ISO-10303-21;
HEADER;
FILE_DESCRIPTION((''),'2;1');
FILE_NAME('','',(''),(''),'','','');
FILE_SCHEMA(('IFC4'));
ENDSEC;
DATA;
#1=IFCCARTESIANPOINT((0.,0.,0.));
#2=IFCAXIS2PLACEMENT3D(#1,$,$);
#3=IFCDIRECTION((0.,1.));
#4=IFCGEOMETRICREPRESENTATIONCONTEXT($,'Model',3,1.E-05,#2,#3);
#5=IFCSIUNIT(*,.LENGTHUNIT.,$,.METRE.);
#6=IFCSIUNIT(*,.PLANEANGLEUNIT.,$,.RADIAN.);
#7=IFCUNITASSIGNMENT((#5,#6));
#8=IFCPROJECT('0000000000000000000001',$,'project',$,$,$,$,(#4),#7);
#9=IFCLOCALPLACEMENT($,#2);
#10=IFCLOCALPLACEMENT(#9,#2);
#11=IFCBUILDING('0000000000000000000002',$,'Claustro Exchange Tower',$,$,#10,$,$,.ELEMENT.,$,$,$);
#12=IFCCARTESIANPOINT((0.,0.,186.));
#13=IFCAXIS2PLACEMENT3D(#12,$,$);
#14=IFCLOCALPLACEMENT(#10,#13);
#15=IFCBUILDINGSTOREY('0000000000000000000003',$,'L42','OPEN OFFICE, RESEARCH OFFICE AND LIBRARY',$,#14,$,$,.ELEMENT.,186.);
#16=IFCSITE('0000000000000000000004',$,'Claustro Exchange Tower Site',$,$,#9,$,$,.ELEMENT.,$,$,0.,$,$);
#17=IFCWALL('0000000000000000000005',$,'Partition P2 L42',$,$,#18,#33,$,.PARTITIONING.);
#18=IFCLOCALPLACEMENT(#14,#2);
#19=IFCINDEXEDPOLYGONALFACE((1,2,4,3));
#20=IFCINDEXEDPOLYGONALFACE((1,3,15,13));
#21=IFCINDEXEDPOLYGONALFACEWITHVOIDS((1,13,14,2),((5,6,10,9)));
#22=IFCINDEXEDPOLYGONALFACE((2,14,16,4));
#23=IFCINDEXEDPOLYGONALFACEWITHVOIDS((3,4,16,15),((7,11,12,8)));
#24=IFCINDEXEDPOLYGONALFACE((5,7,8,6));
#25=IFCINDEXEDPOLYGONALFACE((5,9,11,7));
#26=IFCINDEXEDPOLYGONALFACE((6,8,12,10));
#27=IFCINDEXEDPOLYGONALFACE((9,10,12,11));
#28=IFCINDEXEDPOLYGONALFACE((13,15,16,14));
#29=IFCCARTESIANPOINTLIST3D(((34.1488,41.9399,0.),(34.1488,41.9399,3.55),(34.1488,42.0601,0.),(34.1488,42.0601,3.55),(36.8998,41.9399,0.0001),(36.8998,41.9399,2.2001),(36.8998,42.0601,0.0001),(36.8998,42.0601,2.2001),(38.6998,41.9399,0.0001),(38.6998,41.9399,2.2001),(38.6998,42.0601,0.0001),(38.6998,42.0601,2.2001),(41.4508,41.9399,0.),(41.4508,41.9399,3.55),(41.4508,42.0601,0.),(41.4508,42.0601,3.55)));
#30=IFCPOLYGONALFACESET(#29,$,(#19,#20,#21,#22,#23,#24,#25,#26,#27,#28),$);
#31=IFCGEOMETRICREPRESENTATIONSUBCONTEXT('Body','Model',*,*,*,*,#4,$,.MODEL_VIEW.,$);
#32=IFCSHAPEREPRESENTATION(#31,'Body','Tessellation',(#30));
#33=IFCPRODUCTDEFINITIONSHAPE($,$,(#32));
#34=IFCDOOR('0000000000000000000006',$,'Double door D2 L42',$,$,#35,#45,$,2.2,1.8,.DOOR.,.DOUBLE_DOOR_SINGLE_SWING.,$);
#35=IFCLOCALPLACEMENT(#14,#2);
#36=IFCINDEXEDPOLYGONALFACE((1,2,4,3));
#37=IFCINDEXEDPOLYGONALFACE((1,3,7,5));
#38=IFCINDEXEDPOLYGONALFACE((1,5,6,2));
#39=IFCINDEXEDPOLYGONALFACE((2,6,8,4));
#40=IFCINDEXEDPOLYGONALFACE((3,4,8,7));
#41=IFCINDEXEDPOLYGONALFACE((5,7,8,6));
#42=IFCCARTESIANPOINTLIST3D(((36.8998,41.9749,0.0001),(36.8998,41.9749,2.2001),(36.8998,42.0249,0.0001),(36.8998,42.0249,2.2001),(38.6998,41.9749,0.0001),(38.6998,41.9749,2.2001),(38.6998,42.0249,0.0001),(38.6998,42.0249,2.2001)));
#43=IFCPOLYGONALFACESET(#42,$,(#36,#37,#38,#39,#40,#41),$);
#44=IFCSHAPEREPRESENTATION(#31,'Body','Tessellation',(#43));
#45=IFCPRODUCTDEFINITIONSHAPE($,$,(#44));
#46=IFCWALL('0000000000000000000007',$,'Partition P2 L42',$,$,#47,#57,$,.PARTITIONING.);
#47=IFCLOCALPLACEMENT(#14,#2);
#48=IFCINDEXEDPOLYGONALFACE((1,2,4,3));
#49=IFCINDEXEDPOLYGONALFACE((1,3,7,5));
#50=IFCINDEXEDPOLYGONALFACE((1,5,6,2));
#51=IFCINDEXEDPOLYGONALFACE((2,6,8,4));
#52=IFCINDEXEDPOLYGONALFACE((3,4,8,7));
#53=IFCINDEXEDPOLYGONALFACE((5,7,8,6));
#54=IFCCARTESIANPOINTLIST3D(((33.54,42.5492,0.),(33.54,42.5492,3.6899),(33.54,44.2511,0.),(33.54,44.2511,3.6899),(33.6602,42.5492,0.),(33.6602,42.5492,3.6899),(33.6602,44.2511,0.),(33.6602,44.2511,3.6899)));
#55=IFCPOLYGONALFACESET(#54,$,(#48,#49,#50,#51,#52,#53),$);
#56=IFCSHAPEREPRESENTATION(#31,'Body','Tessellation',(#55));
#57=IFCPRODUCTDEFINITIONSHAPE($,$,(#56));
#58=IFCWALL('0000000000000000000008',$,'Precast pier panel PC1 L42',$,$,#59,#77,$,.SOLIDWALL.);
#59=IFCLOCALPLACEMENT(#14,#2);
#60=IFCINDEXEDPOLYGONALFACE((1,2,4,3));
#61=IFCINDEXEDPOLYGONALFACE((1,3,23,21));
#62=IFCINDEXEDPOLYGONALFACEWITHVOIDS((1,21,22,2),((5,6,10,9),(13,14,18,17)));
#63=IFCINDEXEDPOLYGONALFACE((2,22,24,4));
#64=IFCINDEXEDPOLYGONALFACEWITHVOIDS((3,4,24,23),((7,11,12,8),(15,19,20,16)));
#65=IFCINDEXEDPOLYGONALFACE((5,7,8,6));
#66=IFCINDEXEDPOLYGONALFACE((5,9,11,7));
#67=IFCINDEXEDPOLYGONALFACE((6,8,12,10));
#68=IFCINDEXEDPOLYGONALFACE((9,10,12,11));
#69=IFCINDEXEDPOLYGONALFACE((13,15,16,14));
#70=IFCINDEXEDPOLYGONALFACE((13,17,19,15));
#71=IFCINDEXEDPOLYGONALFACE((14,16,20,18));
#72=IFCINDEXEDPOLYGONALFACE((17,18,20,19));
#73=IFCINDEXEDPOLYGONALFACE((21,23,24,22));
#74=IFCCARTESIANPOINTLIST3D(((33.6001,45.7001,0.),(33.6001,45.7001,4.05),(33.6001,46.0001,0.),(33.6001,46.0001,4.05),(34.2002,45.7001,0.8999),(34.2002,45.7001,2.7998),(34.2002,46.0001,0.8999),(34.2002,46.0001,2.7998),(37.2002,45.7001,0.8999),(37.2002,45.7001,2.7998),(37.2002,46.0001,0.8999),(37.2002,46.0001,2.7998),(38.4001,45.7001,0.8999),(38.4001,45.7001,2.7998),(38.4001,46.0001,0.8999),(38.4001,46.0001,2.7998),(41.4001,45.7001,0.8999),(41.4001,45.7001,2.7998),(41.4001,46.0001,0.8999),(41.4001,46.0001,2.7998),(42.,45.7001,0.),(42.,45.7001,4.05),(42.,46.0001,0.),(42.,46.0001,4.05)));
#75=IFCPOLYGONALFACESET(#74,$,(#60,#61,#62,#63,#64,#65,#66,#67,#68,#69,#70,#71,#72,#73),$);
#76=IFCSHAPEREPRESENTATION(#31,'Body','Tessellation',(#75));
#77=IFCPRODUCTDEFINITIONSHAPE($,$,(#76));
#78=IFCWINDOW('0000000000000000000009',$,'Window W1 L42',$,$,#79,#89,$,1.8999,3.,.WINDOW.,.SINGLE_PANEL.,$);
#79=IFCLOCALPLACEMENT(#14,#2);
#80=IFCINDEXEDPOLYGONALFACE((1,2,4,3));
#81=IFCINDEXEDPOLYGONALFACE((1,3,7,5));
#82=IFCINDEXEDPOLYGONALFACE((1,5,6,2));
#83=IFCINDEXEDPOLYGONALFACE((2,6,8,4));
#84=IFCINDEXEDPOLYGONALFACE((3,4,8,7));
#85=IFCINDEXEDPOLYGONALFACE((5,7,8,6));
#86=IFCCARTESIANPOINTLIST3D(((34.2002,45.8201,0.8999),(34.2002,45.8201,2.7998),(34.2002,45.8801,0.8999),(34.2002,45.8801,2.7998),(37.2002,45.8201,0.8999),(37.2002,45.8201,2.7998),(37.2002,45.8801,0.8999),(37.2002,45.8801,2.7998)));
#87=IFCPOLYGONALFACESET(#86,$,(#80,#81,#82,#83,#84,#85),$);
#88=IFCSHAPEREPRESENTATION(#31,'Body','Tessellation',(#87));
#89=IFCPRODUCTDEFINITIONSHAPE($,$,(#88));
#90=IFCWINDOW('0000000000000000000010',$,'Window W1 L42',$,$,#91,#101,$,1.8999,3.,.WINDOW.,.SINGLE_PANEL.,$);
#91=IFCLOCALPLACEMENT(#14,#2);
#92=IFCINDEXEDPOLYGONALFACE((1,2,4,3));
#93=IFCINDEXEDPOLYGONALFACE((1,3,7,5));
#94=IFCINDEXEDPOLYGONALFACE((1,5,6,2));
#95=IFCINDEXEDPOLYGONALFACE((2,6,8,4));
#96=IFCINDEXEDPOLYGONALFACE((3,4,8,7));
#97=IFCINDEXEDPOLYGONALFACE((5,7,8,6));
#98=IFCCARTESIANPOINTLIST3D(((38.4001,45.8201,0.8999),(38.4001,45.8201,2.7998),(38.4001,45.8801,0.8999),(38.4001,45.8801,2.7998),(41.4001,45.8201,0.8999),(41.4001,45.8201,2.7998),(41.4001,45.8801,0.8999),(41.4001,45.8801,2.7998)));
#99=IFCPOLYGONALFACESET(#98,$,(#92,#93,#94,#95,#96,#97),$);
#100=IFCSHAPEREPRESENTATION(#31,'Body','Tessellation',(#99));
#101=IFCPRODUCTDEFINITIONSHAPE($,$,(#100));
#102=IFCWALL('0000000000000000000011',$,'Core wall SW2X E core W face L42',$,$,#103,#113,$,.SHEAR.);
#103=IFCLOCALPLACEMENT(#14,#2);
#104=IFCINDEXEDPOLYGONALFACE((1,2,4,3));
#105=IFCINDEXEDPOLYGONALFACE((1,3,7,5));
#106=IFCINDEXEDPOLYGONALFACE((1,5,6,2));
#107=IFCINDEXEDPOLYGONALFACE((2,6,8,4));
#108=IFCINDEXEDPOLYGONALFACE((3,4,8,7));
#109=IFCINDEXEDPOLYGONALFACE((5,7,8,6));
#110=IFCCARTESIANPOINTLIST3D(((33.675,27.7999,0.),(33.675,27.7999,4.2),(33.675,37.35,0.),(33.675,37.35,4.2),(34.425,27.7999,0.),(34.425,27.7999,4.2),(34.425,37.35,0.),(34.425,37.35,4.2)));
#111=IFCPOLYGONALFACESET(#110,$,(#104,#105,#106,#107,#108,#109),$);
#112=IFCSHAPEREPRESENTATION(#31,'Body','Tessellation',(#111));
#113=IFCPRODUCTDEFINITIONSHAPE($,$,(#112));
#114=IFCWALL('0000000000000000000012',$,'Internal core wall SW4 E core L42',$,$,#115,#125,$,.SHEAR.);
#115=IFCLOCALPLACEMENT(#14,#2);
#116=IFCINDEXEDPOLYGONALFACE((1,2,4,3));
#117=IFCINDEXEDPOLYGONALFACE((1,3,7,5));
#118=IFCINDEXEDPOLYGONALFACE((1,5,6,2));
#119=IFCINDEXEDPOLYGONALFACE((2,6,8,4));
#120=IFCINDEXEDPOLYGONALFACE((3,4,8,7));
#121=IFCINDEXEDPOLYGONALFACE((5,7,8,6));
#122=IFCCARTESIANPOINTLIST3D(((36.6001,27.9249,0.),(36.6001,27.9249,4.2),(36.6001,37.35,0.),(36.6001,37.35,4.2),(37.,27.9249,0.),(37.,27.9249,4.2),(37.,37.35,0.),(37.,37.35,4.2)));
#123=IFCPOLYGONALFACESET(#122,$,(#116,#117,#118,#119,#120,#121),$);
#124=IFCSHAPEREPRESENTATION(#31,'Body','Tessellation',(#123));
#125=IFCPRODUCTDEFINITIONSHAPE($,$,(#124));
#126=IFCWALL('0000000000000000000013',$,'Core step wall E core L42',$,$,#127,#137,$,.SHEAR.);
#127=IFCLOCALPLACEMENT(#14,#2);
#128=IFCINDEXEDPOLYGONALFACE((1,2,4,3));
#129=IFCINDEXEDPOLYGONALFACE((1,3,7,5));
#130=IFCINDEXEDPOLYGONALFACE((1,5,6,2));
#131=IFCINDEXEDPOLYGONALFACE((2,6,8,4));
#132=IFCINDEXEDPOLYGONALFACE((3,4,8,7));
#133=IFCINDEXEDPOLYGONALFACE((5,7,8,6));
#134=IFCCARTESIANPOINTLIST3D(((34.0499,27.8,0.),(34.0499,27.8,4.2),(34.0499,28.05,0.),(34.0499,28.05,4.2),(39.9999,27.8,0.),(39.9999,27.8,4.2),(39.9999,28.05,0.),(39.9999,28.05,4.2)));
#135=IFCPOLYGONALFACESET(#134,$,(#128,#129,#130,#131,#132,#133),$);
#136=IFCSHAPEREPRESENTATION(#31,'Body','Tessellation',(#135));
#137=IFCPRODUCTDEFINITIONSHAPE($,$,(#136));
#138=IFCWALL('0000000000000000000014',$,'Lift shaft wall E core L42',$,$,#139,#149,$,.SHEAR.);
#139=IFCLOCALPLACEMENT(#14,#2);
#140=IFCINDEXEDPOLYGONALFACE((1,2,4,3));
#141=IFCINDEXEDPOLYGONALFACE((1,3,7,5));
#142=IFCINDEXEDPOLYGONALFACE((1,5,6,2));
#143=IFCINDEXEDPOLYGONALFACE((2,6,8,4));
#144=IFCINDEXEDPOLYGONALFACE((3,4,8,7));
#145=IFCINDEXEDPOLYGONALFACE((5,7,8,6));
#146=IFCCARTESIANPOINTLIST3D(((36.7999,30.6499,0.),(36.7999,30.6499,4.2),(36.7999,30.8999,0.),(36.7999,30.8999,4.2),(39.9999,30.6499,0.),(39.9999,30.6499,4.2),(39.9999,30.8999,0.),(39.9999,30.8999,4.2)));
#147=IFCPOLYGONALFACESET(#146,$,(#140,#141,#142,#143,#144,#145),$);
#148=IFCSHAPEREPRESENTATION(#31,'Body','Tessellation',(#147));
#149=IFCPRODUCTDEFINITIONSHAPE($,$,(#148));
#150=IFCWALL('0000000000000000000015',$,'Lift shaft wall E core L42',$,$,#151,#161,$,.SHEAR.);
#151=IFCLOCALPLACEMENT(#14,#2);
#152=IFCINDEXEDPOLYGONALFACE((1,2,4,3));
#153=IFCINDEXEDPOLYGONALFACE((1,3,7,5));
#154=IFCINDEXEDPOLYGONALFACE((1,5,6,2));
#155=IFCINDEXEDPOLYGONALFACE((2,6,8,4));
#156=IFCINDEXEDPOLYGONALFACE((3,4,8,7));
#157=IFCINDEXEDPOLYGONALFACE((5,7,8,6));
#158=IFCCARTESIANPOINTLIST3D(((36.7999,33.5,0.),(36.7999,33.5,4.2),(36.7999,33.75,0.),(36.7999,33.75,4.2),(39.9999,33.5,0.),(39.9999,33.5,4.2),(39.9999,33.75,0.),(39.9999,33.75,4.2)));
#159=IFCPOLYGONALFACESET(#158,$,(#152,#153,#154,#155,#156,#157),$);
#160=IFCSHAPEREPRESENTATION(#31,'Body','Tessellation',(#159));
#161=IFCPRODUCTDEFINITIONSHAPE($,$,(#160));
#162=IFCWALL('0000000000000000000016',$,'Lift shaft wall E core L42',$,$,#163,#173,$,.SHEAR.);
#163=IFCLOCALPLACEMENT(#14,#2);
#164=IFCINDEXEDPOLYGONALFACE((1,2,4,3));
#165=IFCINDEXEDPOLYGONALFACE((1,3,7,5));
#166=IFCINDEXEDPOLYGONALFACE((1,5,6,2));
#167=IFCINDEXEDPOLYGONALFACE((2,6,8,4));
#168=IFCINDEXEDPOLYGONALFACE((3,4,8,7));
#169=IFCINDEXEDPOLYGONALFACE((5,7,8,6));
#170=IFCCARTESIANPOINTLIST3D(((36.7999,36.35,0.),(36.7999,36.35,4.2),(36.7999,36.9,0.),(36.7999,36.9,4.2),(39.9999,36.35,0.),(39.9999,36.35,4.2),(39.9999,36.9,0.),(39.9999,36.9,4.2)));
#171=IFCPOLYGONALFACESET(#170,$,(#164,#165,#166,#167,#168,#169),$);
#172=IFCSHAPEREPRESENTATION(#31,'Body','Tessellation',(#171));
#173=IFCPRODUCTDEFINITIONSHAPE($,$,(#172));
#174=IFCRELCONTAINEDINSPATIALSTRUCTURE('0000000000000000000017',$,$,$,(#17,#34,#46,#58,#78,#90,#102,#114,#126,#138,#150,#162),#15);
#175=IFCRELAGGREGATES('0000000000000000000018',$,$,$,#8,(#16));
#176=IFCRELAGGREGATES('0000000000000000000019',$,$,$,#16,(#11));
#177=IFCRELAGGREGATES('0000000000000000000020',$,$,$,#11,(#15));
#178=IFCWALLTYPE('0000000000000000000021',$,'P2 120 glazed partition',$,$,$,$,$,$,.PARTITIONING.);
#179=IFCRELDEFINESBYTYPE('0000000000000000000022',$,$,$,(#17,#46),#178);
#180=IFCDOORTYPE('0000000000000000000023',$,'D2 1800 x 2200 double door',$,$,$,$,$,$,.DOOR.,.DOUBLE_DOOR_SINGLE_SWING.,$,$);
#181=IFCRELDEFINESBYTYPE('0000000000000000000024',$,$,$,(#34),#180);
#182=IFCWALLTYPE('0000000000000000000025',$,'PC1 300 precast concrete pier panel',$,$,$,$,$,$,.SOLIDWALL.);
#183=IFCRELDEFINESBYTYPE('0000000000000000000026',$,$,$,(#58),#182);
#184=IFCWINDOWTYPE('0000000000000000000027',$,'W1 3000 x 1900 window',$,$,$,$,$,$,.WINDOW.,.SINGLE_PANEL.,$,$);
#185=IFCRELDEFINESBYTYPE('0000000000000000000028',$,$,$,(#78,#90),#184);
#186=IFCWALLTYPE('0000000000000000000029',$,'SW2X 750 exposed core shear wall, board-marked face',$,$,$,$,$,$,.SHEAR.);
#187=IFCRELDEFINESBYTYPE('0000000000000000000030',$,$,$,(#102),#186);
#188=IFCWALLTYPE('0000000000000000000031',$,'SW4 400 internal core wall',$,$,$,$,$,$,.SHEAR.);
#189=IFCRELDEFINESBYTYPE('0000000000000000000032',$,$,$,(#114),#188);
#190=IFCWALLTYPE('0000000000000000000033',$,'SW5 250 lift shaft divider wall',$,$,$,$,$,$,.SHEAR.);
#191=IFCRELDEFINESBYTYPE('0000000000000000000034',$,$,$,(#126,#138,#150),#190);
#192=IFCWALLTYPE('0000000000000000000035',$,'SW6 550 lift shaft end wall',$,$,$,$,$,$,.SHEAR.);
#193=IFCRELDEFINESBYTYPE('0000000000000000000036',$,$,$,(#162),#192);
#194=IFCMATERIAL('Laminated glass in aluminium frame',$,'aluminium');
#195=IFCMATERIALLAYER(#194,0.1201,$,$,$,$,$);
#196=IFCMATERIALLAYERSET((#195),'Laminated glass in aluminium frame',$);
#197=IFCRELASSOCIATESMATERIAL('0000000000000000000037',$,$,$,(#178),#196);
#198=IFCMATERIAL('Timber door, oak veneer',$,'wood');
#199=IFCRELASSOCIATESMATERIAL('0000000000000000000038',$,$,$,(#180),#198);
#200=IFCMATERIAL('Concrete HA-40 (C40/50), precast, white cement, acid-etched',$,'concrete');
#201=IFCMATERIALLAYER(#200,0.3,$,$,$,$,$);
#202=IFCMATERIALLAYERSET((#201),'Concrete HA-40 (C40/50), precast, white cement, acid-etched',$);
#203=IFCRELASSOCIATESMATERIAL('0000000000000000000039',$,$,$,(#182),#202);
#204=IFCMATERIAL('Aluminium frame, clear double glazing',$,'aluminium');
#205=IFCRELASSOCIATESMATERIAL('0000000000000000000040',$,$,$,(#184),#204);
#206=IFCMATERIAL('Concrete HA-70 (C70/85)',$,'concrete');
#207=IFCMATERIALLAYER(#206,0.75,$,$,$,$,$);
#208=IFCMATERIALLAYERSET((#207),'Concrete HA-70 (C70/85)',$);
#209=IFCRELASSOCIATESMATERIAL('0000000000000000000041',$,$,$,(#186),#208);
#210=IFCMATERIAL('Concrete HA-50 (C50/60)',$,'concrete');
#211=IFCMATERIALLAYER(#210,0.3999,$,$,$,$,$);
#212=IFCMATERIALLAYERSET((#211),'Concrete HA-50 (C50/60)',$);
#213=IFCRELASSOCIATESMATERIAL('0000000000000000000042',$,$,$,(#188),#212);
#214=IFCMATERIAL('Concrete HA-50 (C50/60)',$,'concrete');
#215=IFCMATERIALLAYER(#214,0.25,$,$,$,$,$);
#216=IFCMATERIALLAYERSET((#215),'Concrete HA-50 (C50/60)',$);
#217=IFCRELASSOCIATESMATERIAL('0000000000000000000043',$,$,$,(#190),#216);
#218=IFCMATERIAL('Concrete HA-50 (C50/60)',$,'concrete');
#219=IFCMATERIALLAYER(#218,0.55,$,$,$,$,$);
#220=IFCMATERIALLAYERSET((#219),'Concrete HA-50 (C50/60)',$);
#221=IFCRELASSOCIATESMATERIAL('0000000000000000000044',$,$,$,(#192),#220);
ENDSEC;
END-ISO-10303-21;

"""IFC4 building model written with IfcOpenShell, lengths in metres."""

from ifc_helpers import new_model, si_unit, direction, frame, frame_2d, origin, place, context, subcontext, project, spatial, rectangle, extrude, material, layer, layer_set, type_object, element, fill, save


model = new_model("IFC4")

# Units and contexts
model_context = context("Model", 3, precision=1e-05, world=origin(), true_north=direction((0.0, 1.0)))
body_context = subcontext(model_context, "Body", "Model", "MODEL_VIEW")
ifc_project = project(units=[si_unit("LENGTHUNIT", "METRE"), si_unit("PLANEANGLEUNIT", "RADIAN")], contexts=[model_context])

# Site, building, storey
site_placement = place(None, origin())
site = spatial("IfcSite", under=ifc_project, at=site_placement, Name="Claustro Exchange Tower Site", CompositionType="ELEMENT", RefElevation=0.0)
building_placement = place(site_placement, origin())
building = spatial("IfcBuilding", under=site, at=building_placement, Name="Claustro Exchange Tower", CompositionType="ELEMENT")
storey_placement = place(building_placement, frame((0.0, 0.0, 186.0)))
storey = spatial("IfcBuildingStorey", under=building, at=storey_placement, Name="L42", Description="OPEN OFFICE, RESEARCH OFFICE AND LIBRARY", CompositionType="ELEMENT", Elevation=186.0)

# Wall, opening, door
ifc_material_1 = material(Name="Laminated glass in aluminium frame", Category="aluminium")
ifc_layer_1 = layer(ifc_material_1, 0.1201)
ifc_layer_set_1 = layer_set([ifc_layer_1], Name="Laminated glass in aluminium frame")
wall_type_1 = type_object("IfcWallType", Name="P2 120 glazed partition", PredefinedType="PARTITIONING", material=ifc_layer_set_1)
wall_1_placement = place(storey_placement, frame((34.1489, 42.0, 0.0), z_axis=(0.0, 0.0, 1.0), x_axis=(1.0, 0.0, 0.0)))
wall_1 = element("IfcWall", 1, at=wall_1_placement, inside=storey, type_object=wall_type_1, Name="Partition P2 L42", PredefinedType="PARTITIONING", context=body_context, shape_type="SweptSolid", body=[
    extrude(rectangle(XDim=7.302, YDim=0.1201, at=frame_2d((3.6509, 0.0))), origin(), (0.0, 0.0, 1.0), 3.55),
])
opening_1_placement = place(wall_1_placement, frame((2.751, 0.0, 0.0)))
opening_1 = element("IfcOpeningElement", 2, at=opening_1_placement, cuts=wall_1, PredefinedType="OPENING", context=body_context, shape_type="SweptSolid", body=[
    extrude(rectangle(XDim=1.8, YDim=2.2, at=frame_2d((0.8999, 1.1001))), frame((0.0, 0.0701, 0.0), z_axis=(0.0, -1.0, 0.0), x_axis=(1.0, 0.0, 0.0)), (0.0, 0.0, 1.0), 0.1401),
])
ifc_material_2 = material(Name="Timber door, oak veneer", Category="wood")
door_type_1 = type_object("IfcDoorType", Name="D2 1800 x 2200 double door", OperationType="DOUBLE_DOOR_SINGLE_SWING", PredefinedType="DOOR", material=ifc_material_2)
door_1_placement = place(opening_1_placement, origin())
door_1 = element("IfcDoor", 3, at=door_1_placement, inside=storey, type_object=door_type_1, Name="Double door D2 L42", OperationType="DOUBLE_DOOR_SINGLE_SWING", OverallHeight=2.2, OverallWidth=1.8, PredefinedType="DOOR", context=body_context, shape_type="SweptSolid", body=[
    extrude(rectangle(XDim=1.8, YDim=2.2, at=frame_2d((0.8999, 1.1001))), frame((0.0, 0.0249, 0.0), z_axis=(0.0, -1.0, 0.0), x_axis=(1.0, 0.0, 0.0)), (0.0, 0.0, 1.0), 0.05),
])
fill(opening_1, door_1)

# Wall
wall_2_placement = place(storey_placement, frame((33.6001, 42.5491, 0.0), z_axis=(0.0, 0.0, 1.0), x_axis=(0.0, 1.0, 0.0)))
element("IfcWall", 4, at=wall_2_placement, inside=storey, type_object=wall_type_1, Name="Partition P2 L42", PredefinedType="PARTITIONING", context=body_context, shape_type="SweptSolid", body=[
    extrude(rectangle(XDim=1.7019, YDim=0.1201, at=frame_2d((0.8511, 0.0))), origin(), (0.0, 0.0, 1.0), 3.6899),
])

# Wall, openings, windows
ifc_material_3 = material(Name="Concrete HA-40 (C40/50), precast, white cement, acid-etched", Category="concrete")
ifc_layer_2 = layer(ifc_material_3, 0.3)
ifc_layer_set_2 = layer_set([ifc_layer_2], Name="Concrete HA-40 (C40/50), precast, white cement, acid-etched")
wall_type_2 = type_object("IfcWallType", Name="PC1 300 precast concrete pier panel", PredefinedType="SOLIDWALL", material=ifc_layer_set_2)
wall_3_placement = place(storey_placement, frame((33.6001, 45.8501, 0.0), z_axis=(0.0, 0.0, 1.0), x_axis=(1.0, 0.0, 0.0)))
wall_3 = element("IfcWall", 5, at=wall_3_placement, inside=storey, type_object=wall_type_2, Name="Precast pier panel PC1 L42", PredefinedType="SOLIDWALL", context=body_context, shape_type="SweptSolid", body=[
    extrude(rectangle(XDim=8.3999, YDim=0.3, at=frame_2d((4.2, 0.0))), origin(), (0.0, 0.0, 1.0), 4.05),
])
opening_2_placement = place(wall_3_placement, frame((0.6001, 0.0, 0.8999)))
opening_2 = element("IfcOpeningElement", 6, at=opening_2_placement, cuts=wall_3, PredefinedType="OPENING", context=body_context, shape_type="SweptSolid", body=[
    extrude(rectangle(XDim=3.0, YDim=1.8999, at=frame_2d((1.5, 0.95))), frame((0.0, 0.1599, 0.0), z_axis=(0.0, -1.0, 0.0), x_axis=(1.0, 0.0, 0.0)), (0.0, 0.0, 1.0), 0.3201),
])
opening_3_placement = place(wall_3_placement, frame((4.8, 0.0, 0.8999)))
opening_3 = element("IfcOpeningElement", 7, at=opening_3_placement, cuts=wall_3, PredefinedType="OPENING", context=body_context, shape_type="SweptSolid", body=[
    extrude(rectangle(XDim=3.0, YDim=1.8999, at=frame_2d((1.5, 0.95))), frame((0.0, 0.1599, 0.0), z_axis=(0.0, -1.0, 0.0), x_axis=(1.0, 0.0, 0.0)), (0.0, 0.0, 1.0), 0.3201),
])
ifc_material_4 = material(Name="Aluminium frame, clear double glazing", Category="aluminium")
window_type = type_object("IfcWindowType", Name="W1 3000 x 1900 window", PartitioningType="SINGLE_PANEL", PredefinedType="WINDOW", material=ifc_material_4)
window_1_placement = place(opening_2_placement, origin())
window_1 = element("IfcWindow", 8, at=window_1_placement, inside=storey, type_object=window_type, Name="Window W1 L42", OverallHeight=1.8999, OverallWidth=3.0, PartitioningType="SINGLE_PANEL", PredefinedType="WINDOW", context=body_context, shape_type="SweptSolid", body=[
    extrude(rectangle(XDim=3.0, YDim=1.8999, at=frame_2d((1.5, 0.95))), frame((0.0, 0.03, 0.0), z_axis=(0.0, -1.0, 0.0), x_axis=(1.0, 0.0, 0.0)), (0.0, 0.0, 1.0), 0.0601),
])
fill(opening_2, window_1)
window_2_placement = place(opening_3_placement, origin())
window_2 = element("IfcWindow", 9, at=window_2_placement, inside=storey, type_object=window_type, Name="Window W1 L42", OverallHeight=1.8999, OverallWidth=3.0, PartitioningType="SINGLE_PANEL", PredefinedType="WINDOW", context=body_context, shape_type="SweptSolid", body=[
    extrude(rectangle(XDim=3.0, YDim=1.8999, at=frame_2d((1.5, 0.95))), frame((0.0, 0.03, 0.0), z_axis=(0.0, -1.0, 0.0), x_axis=(1.0, 0.0, 0.0)), (0.0, 0.0, 1.0), 0.0601),
])
fill(opening_3, window_2)

# Walls
ifc_material_5 = material(Name="Concrete HA-70 (C70/85)", Category="concrete")
ifc_layer_3 = layer(ifc_material_5, 0.75)
ifc_layer_set_3 = layer_set([ifc_layer_3], Name="Concrete HA-70 (C70/85)")
wall_type_3 = type_object("IfcWallType", Name="SW2X 750 exposed core shear wall, board-marked face", PredefinedType="SHEAR", material=ifc_layer_set_3)
wall_4_placement = place(storey_placement, frame((34.05, 27.8, 0.0), z_axis=(0.0, 0.0, 1.0), x_axis=(0.0, 1.0, 0.0)))
element("IfcWall", 10, at=wall_4_placement, inside=storey, type_object=wall_type_3, Name="Core wall SW2X E core W face L42", PredefinedType="SHEAR", context=body_context, shape_type="SweptSolid", body=[
    extrude(rectangle(XDim=9.55, YDim=0.75, at=frame_2d((4.7749, 0.0))), origin(), (0.0, 0.0, 1.0), 4.2),
])
ifc_material_6 = material(Name="Concrete HA-50 (C50/60)", Category="concrete")
ifc_layer_4 = layer(ifc_material_6, 0.3999)
ifc_layer_set_4 = layer_set([ifc_layer_4], Name="Concrete HA-50 (C50/60)")
wall_type_4 = type_object("IfcWallType", Name="SW4 400 internal core wall", PredefinedType="SHEAR", material=ifc_layer_set_4)
wall_5_placement = place(storey_placement, frame((36.8, 27.925, 0.0), z_axis=(0.0, 0.0, 1.0), x_axis=(0.0, 1.0, 0.0)))
element("IfcWall", 11, at=wall_5_placement, inside=storey, type_object=wall_type_4, Name="Internal core wall SW4 E core L42", PredefinedType="SHEAR", context=body_context, shape_type="SweptSolid", body=[
    extrude(rectangle(XDim=9.425, YDim=0.3999, at=frame_2d((4.7124, 0.0))), origin(), (0.0, 0.0, 1.0), 4.2),
])
ifc_material_7 = material(Name="Concrete HA-50 (C50/60)", Category="concrete")
ifc_layer_5 = layer(ifc_material_7, 0.25)
ifc_layer_set_5 = layer_set([ifc_layer_5], Name="Concrete HA-50 (C50/60)")
wall_type_5 = type_object("IfcWallType", Name="SW5 250 lift shaft divider wall", PredefinedType="SHEAR", material=ifc_layer_set_5)
wall_6_placement = place(storey_placement, frame((40.0, 27.925, 0.0), z_axis=(0.0, 0.0, 1.0), x_axis=(-1.0, 0.0, 0.0)))
element("IfcWall", 12, at=wall_6_placement, inside=storey, type_object=wall_type_5, Name="Core step wall E core L42", PredefinedType="SHEAR", context=body_context, shape_type="SweptSolid", body=[
    extrude(rectangle(XDim=5.95, YDim=0.25, at=frame_2d((2.9751, 0.0))), origin(), (0.0, 0.0, 1.0), 4.2),
])
for number, where, z_axis, x_axis, name in (
    (13, (40.0, 30.7749, 0.0), (0.0, 0.0, 1.0), (-1.0, 0.0, 0.0), "Lift shaft wall E core L42"),
    (14, (40.0, 33.625, 0.0), (0.0, 0.0, 1.0), (-1.0, 0.0, 0.0), "Lift shaft wall E core L42"),
):
    element("IfcWall", number, at=place(storey_placement, frame(where, z_axis=z_axis, x_axis=x_axis)), inside=storey, type_object=wall_type_5, Name=name, PredefinedType="SHEAR", context=body_context, shape_type="SweptSolid", body=[
        extrude(rectangle(XDim=3.2, YDim=0.25, at=frame_2d((1.6001, 0.0))), origin(), (0.0, 0.0, 1.0), 4.2),
    ])
ifc_material_8 = material(Name="Concrete HA-50 (C50/60)", Category="concrete")
ifc_layer_6 = layer(ifc_material_8, 0.55)
ifc_layer_set_6 = layer_set([ifc_layer_6], Name="Concrete HA-50 (C50/60)")
wall_type_6 = type_object("IfcWallType", Name="SW6 550 lift shaft end wall", PredefinedType="SHEAR", material=ifc_layer_set_6)
wall_7_placement = place(storey_placement, frame((40.0, 36.625, 0.0), z_axis=(0.0, 0.0, 1.0), x_axis=(-1.0, 0.0, 0.0)))
element("IfcWall", 15, at=wall_7_placement, inside=storey, type_object=wall_type_6, Name="Lift shaft wall E core L42", PredefinedType="SHEAR", context=body_context, shape_type="SweptSolid", body=[
    extrude(rectangle(XDim=3.2, YDim=0.55, at=frame_2d((1.6001, 0.0))), origin(), (0.0, 0.0, 1.0), 4.2),
])

save(model, "model.ifc")
